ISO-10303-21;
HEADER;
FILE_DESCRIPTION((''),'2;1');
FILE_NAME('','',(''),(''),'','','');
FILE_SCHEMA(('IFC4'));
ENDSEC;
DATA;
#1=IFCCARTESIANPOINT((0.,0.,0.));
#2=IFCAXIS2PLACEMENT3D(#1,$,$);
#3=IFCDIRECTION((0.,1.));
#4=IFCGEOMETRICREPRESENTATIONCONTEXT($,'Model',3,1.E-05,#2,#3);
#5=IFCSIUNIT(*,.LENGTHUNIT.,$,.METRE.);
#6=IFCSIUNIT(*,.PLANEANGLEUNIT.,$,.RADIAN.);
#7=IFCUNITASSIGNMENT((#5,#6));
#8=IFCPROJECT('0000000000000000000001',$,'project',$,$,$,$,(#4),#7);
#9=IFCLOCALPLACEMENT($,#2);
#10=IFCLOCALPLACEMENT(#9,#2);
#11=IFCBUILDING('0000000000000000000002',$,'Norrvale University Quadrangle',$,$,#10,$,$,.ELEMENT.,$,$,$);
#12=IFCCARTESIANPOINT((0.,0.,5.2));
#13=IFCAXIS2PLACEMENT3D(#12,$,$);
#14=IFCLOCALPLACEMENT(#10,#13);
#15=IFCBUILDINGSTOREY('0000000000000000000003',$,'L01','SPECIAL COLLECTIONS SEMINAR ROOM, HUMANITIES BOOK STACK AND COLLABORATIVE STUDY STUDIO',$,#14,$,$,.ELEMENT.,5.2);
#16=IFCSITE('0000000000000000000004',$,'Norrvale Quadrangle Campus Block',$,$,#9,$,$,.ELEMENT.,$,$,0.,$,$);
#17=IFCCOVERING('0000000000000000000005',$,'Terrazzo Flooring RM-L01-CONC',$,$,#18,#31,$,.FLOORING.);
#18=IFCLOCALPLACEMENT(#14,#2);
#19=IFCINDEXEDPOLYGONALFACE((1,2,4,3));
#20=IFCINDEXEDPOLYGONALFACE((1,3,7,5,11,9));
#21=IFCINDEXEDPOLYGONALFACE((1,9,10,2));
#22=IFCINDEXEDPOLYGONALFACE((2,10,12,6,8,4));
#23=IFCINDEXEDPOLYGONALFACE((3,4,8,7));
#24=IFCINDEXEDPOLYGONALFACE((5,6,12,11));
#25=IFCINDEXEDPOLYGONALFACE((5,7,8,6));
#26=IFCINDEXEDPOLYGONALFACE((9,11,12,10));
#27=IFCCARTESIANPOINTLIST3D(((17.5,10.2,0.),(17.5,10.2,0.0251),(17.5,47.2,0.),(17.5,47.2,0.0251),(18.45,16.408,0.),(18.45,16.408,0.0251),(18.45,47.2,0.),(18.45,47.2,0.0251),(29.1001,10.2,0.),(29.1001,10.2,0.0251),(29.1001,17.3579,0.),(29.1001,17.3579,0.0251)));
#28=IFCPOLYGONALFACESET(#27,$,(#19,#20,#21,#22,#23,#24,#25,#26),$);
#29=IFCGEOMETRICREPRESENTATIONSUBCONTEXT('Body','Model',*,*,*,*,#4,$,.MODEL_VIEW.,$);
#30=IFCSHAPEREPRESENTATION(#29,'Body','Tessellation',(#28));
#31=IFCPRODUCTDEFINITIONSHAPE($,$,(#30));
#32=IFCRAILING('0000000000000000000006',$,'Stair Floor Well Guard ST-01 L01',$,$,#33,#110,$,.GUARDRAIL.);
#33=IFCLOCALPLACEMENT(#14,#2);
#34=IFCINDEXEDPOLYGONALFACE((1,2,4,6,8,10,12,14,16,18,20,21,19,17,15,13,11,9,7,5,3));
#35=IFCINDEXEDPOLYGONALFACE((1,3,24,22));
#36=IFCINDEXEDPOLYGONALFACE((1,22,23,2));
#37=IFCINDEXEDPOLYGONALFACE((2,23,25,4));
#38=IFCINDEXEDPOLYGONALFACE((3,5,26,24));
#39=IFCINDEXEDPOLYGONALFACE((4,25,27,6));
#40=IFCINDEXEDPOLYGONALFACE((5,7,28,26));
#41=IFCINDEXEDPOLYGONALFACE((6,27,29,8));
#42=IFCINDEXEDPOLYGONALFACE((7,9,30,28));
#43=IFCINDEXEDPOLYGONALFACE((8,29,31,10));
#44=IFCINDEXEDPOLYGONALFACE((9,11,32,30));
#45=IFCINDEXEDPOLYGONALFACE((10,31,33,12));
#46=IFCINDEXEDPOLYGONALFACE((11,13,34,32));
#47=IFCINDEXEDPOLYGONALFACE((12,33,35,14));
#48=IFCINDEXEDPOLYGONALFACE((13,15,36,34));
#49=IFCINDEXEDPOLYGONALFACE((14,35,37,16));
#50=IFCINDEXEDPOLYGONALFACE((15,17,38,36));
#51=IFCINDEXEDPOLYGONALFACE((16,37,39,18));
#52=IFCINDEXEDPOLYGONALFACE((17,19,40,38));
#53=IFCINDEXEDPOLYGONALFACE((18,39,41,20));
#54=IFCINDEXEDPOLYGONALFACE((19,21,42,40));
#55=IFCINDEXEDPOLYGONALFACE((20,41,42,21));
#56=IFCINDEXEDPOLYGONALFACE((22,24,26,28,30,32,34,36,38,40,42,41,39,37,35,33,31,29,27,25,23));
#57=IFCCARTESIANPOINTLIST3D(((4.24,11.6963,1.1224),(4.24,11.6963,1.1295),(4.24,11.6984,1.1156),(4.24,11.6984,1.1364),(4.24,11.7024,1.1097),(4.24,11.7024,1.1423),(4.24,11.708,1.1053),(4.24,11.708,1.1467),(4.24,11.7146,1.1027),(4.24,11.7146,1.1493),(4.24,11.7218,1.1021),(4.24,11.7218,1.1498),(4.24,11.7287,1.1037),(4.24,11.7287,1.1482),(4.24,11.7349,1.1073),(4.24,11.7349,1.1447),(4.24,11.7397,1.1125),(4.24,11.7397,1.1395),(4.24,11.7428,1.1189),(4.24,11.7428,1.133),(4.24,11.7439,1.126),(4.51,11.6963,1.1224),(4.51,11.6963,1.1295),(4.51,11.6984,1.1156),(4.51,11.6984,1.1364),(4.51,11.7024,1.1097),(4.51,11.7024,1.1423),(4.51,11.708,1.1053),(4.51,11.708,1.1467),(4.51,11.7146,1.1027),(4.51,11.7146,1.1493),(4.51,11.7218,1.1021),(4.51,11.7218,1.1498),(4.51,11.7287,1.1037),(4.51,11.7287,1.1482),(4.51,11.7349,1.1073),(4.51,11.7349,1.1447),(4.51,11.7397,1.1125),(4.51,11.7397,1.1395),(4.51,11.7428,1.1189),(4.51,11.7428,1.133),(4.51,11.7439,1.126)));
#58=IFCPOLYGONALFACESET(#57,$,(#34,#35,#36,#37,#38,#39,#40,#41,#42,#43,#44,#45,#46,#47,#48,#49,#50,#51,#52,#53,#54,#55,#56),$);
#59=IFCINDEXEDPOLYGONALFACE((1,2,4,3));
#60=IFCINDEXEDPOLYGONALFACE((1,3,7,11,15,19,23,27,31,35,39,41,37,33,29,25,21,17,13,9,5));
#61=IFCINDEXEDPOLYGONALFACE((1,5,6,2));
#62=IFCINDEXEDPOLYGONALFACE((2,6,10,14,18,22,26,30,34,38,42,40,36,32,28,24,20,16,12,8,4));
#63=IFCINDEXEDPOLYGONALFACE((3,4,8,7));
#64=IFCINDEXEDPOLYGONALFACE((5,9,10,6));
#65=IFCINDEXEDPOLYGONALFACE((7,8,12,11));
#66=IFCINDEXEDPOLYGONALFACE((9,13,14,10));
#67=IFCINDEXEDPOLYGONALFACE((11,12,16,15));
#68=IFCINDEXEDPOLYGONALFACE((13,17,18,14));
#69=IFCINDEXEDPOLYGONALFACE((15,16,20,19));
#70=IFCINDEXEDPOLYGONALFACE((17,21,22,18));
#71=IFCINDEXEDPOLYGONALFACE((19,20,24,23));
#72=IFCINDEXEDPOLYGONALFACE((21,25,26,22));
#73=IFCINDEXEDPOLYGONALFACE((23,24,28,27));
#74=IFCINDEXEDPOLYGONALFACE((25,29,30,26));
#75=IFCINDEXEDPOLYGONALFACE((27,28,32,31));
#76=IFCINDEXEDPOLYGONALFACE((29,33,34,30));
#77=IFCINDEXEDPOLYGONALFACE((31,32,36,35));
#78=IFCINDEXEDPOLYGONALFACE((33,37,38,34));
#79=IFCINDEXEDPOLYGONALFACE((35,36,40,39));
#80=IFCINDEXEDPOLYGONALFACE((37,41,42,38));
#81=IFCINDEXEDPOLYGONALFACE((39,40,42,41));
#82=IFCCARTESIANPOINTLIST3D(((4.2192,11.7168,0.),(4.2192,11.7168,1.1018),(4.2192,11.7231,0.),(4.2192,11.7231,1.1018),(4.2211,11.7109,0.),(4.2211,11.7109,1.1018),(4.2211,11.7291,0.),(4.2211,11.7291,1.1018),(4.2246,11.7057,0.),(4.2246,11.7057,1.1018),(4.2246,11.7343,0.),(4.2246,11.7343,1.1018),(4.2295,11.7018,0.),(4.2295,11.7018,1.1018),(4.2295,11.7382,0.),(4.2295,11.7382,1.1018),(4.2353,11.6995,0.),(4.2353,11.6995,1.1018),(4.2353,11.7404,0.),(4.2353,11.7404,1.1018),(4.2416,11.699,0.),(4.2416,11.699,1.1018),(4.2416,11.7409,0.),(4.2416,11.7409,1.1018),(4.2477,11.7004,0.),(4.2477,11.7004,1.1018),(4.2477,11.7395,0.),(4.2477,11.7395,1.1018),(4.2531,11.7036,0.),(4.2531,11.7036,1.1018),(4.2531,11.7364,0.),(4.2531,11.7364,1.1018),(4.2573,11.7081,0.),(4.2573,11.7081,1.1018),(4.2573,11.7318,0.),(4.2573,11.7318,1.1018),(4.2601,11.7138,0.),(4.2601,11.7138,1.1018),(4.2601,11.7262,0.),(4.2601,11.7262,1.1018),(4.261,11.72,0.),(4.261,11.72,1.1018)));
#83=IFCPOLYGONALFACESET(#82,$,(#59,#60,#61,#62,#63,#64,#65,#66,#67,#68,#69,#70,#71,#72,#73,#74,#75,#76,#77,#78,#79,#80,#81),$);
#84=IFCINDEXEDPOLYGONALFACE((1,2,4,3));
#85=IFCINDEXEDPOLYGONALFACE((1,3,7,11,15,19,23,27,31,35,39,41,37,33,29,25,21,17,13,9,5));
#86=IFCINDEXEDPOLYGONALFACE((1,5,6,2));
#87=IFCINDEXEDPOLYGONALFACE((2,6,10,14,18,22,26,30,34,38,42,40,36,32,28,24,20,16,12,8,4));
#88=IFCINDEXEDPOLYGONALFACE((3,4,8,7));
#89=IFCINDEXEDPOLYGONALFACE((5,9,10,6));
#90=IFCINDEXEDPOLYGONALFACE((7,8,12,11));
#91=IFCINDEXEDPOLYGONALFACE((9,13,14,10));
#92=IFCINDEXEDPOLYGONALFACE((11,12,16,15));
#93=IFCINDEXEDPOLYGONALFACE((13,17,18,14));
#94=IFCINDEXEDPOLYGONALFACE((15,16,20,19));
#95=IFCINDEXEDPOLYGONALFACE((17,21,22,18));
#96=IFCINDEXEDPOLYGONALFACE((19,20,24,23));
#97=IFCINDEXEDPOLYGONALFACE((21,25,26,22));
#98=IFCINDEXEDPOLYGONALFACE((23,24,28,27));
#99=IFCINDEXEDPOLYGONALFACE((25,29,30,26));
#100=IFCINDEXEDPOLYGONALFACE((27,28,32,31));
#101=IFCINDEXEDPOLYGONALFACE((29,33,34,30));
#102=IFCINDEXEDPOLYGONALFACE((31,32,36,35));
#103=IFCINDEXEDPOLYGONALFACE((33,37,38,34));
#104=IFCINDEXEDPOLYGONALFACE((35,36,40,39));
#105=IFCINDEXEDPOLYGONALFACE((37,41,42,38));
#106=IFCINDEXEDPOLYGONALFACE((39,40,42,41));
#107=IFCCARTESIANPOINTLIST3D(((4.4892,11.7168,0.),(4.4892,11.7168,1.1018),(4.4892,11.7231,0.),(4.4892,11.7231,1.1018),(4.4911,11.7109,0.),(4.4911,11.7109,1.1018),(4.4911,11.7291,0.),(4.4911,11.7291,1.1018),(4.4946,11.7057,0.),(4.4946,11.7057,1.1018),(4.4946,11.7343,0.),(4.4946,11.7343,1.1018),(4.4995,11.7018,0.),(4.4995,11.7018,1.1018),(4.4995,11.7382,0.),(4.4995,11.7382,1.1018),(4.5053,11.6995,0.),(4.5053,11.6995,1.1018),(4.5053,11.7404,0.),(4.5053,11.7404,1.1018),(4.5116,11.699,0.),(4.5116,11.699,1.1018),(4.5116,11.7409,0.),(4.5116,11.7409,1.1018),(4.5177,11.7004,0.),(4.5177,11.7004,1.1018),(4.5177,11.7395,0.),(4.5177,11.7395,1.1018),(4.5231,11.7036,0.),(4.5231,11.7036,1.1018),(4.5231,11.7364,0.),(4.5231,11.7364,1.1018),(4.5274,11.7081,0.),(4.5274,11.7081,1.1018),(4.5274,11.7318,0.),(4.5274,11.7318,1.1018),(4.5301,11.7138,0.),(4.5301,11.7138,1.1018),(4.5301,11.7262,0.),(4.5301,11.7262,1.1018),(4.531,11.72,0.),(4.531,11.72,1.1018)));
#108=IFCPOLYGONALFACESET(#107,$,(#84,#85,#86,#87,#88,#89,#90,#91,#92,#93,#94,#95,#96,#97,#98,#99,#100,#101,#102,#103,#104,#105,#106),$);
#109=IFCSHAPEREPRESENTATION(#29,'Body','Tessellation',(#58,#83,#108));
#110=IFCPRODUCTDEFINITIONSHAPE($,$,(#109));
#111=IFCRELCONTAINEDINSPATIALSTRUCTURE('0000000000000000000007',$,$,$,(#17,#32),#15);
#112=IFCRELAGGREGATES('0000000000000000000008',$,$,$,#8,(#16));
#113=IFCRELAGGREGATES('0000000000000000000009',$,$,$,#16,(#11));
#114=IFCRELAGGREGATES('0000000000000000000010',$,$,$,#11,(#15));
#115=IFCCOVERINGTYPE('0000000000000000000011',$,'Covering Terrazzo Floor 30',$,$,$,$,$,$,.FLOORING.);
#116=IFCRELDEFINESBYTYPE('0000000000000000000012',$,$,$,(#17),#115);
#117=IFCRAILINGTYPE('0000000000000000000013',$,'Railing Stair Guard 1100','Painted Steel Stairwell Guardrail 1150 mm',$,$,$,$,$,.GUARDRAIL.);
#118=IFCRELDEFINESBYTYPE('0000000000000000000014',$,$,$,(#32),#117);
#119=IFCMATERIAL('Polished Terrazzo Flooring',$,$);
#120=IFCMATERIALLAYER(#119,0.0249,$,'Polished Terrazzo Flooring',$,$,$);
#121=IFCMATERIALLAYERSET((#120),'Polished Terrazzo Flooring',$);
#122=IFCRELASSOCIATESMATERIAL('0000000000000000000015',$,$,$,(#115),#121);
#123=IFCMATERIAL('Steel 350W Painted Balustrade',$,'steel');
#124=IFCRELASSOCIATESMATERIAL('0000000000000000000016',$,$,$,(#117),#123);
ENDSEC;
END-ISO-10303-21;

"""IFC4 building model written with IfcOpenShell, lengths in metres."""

from ifc_helpers import new_model, si_unit, direction, frame, origin, origin_2d, place, context, subcontext, project, spatial, polyline, circle, outline, extrude, material, layer, layer_set, type_object, element, save


model = new_model("IFC4")

# Units and contexts
model_context = context("Model", 3, precision=1e-05, world=origin(), true_north=direction((0.0, 1.0)))
body_context = subcontext(model_context, "Body", "Model", "MODEL_VIEW")
ifc_project = project(units=[si_unit("LENGTHUNIT", "METRE"), si_unit("PLANEANGLEUNIT", "RADIAN")], contexts=[model_context])

# Site, building, storey
site_placement = place(None, origin())
site = spatial("IfcSite", under=ifc_project, at=site_placement, Name="Norrvale Quadrangle Campus Block", CompositionType="ELEMENT", RefElevation=0.0)
building_placement = place(site_placement, origin())
building = spatial("IfcBuilding", under=site, at=building_placement, Name="Norrvale University Quadrangle", CompositionType="ELEMENT")
storey_placement = place(building_placement, frame((0.0, 0.0, 5.2)))
storey = spatial("IfcBuildingStorey", under=building, at=storey_placement, Name="L01", Description="SPECIAL COLLECTIONS SEMINAR ROOM, HUMANITIES BOOK STACK AND COLLABORATIVE STUDY STUDIO", CompositionType="ELEMENT", Elevation=5.2)

# Covering
ifc_material_1 = material(Name="Polished Terrazzo Flooring")
ifc_layer_1 = layer(ifc_material_1, 0.0249, Name="Polished Terrazzo Flooring")
ifc_layer_set_1 = layer_set([ifc_layer_1], Name="Polished Terrazzo Flooring")
covering_type = type_object("IfcCoveringType", Name="Covering Terrazzo Floor 30", PredefinedType="FLOORING", material=ifc_layer_set_1)
covering_1_placement = place(storey_placement, origin())
element("IfcCovering", 1, at=covering_1_placement, inside=storey, type_object=covering_type, Name="Terrazzo Flooring RM-L01-CONC", PredefinedType="FLOORING", context=body_context, shape_type="SweptSolid", body=[
    extrude(outline(polyline([(17.5, 10.2), (17.5, 47.2), (18.45, 47.2), (18.45, 16.408), (29.1001, 17.3579), (29.1001, 10.2), (17.5, 10.2)])), origin(), (0.0, 0.0, 1.0), 0.0251),
])

# Railing
ifc_material_2 = material(Name="Steel 350W Painted Balustrade", Category="steel")
railing_type_1 = type_object("IfcRailingType", Name="Railing Stair Guard 1100", Description="Painted Steel Stairwell Guardrail 1150 mm", PredefinedType="GUARDRAIL", material=ifc_material_2)
railing_1_placement = place(storey_placement, frame((4.24, 11.72, 0.0)))
element("IfcRailing", 2, at=railing_1_placement, inside=storey, type_object=railing_type_1, Name="Stair Floor Well Guard ST-01 L01", PredefinedType="GUARDRAIL", context=body_context, shape_type="SweptSolid", body=[
    extrude(circle(Radius=0.0239, at=origin_2d()), frame((0.0, 0.0, 1.126), z_axis=(1.0, 0.0, 0.0), x_axis=(0.0, 1.0, 0.0)), (0.0, 0.0, 1.0), 0.27),
    extrude(circle(Radius=0.021, at=origin_2d()), origin(), (0.0, 0.0, 1.0), 1.1018),
    extrude(circle(Radius=0.021, at=origin_2d()), frame((0.27, 0.0, 0.0)), (0.0, 0.0, 1.0), 1.1018),
])

save(model, "model.ifc")
